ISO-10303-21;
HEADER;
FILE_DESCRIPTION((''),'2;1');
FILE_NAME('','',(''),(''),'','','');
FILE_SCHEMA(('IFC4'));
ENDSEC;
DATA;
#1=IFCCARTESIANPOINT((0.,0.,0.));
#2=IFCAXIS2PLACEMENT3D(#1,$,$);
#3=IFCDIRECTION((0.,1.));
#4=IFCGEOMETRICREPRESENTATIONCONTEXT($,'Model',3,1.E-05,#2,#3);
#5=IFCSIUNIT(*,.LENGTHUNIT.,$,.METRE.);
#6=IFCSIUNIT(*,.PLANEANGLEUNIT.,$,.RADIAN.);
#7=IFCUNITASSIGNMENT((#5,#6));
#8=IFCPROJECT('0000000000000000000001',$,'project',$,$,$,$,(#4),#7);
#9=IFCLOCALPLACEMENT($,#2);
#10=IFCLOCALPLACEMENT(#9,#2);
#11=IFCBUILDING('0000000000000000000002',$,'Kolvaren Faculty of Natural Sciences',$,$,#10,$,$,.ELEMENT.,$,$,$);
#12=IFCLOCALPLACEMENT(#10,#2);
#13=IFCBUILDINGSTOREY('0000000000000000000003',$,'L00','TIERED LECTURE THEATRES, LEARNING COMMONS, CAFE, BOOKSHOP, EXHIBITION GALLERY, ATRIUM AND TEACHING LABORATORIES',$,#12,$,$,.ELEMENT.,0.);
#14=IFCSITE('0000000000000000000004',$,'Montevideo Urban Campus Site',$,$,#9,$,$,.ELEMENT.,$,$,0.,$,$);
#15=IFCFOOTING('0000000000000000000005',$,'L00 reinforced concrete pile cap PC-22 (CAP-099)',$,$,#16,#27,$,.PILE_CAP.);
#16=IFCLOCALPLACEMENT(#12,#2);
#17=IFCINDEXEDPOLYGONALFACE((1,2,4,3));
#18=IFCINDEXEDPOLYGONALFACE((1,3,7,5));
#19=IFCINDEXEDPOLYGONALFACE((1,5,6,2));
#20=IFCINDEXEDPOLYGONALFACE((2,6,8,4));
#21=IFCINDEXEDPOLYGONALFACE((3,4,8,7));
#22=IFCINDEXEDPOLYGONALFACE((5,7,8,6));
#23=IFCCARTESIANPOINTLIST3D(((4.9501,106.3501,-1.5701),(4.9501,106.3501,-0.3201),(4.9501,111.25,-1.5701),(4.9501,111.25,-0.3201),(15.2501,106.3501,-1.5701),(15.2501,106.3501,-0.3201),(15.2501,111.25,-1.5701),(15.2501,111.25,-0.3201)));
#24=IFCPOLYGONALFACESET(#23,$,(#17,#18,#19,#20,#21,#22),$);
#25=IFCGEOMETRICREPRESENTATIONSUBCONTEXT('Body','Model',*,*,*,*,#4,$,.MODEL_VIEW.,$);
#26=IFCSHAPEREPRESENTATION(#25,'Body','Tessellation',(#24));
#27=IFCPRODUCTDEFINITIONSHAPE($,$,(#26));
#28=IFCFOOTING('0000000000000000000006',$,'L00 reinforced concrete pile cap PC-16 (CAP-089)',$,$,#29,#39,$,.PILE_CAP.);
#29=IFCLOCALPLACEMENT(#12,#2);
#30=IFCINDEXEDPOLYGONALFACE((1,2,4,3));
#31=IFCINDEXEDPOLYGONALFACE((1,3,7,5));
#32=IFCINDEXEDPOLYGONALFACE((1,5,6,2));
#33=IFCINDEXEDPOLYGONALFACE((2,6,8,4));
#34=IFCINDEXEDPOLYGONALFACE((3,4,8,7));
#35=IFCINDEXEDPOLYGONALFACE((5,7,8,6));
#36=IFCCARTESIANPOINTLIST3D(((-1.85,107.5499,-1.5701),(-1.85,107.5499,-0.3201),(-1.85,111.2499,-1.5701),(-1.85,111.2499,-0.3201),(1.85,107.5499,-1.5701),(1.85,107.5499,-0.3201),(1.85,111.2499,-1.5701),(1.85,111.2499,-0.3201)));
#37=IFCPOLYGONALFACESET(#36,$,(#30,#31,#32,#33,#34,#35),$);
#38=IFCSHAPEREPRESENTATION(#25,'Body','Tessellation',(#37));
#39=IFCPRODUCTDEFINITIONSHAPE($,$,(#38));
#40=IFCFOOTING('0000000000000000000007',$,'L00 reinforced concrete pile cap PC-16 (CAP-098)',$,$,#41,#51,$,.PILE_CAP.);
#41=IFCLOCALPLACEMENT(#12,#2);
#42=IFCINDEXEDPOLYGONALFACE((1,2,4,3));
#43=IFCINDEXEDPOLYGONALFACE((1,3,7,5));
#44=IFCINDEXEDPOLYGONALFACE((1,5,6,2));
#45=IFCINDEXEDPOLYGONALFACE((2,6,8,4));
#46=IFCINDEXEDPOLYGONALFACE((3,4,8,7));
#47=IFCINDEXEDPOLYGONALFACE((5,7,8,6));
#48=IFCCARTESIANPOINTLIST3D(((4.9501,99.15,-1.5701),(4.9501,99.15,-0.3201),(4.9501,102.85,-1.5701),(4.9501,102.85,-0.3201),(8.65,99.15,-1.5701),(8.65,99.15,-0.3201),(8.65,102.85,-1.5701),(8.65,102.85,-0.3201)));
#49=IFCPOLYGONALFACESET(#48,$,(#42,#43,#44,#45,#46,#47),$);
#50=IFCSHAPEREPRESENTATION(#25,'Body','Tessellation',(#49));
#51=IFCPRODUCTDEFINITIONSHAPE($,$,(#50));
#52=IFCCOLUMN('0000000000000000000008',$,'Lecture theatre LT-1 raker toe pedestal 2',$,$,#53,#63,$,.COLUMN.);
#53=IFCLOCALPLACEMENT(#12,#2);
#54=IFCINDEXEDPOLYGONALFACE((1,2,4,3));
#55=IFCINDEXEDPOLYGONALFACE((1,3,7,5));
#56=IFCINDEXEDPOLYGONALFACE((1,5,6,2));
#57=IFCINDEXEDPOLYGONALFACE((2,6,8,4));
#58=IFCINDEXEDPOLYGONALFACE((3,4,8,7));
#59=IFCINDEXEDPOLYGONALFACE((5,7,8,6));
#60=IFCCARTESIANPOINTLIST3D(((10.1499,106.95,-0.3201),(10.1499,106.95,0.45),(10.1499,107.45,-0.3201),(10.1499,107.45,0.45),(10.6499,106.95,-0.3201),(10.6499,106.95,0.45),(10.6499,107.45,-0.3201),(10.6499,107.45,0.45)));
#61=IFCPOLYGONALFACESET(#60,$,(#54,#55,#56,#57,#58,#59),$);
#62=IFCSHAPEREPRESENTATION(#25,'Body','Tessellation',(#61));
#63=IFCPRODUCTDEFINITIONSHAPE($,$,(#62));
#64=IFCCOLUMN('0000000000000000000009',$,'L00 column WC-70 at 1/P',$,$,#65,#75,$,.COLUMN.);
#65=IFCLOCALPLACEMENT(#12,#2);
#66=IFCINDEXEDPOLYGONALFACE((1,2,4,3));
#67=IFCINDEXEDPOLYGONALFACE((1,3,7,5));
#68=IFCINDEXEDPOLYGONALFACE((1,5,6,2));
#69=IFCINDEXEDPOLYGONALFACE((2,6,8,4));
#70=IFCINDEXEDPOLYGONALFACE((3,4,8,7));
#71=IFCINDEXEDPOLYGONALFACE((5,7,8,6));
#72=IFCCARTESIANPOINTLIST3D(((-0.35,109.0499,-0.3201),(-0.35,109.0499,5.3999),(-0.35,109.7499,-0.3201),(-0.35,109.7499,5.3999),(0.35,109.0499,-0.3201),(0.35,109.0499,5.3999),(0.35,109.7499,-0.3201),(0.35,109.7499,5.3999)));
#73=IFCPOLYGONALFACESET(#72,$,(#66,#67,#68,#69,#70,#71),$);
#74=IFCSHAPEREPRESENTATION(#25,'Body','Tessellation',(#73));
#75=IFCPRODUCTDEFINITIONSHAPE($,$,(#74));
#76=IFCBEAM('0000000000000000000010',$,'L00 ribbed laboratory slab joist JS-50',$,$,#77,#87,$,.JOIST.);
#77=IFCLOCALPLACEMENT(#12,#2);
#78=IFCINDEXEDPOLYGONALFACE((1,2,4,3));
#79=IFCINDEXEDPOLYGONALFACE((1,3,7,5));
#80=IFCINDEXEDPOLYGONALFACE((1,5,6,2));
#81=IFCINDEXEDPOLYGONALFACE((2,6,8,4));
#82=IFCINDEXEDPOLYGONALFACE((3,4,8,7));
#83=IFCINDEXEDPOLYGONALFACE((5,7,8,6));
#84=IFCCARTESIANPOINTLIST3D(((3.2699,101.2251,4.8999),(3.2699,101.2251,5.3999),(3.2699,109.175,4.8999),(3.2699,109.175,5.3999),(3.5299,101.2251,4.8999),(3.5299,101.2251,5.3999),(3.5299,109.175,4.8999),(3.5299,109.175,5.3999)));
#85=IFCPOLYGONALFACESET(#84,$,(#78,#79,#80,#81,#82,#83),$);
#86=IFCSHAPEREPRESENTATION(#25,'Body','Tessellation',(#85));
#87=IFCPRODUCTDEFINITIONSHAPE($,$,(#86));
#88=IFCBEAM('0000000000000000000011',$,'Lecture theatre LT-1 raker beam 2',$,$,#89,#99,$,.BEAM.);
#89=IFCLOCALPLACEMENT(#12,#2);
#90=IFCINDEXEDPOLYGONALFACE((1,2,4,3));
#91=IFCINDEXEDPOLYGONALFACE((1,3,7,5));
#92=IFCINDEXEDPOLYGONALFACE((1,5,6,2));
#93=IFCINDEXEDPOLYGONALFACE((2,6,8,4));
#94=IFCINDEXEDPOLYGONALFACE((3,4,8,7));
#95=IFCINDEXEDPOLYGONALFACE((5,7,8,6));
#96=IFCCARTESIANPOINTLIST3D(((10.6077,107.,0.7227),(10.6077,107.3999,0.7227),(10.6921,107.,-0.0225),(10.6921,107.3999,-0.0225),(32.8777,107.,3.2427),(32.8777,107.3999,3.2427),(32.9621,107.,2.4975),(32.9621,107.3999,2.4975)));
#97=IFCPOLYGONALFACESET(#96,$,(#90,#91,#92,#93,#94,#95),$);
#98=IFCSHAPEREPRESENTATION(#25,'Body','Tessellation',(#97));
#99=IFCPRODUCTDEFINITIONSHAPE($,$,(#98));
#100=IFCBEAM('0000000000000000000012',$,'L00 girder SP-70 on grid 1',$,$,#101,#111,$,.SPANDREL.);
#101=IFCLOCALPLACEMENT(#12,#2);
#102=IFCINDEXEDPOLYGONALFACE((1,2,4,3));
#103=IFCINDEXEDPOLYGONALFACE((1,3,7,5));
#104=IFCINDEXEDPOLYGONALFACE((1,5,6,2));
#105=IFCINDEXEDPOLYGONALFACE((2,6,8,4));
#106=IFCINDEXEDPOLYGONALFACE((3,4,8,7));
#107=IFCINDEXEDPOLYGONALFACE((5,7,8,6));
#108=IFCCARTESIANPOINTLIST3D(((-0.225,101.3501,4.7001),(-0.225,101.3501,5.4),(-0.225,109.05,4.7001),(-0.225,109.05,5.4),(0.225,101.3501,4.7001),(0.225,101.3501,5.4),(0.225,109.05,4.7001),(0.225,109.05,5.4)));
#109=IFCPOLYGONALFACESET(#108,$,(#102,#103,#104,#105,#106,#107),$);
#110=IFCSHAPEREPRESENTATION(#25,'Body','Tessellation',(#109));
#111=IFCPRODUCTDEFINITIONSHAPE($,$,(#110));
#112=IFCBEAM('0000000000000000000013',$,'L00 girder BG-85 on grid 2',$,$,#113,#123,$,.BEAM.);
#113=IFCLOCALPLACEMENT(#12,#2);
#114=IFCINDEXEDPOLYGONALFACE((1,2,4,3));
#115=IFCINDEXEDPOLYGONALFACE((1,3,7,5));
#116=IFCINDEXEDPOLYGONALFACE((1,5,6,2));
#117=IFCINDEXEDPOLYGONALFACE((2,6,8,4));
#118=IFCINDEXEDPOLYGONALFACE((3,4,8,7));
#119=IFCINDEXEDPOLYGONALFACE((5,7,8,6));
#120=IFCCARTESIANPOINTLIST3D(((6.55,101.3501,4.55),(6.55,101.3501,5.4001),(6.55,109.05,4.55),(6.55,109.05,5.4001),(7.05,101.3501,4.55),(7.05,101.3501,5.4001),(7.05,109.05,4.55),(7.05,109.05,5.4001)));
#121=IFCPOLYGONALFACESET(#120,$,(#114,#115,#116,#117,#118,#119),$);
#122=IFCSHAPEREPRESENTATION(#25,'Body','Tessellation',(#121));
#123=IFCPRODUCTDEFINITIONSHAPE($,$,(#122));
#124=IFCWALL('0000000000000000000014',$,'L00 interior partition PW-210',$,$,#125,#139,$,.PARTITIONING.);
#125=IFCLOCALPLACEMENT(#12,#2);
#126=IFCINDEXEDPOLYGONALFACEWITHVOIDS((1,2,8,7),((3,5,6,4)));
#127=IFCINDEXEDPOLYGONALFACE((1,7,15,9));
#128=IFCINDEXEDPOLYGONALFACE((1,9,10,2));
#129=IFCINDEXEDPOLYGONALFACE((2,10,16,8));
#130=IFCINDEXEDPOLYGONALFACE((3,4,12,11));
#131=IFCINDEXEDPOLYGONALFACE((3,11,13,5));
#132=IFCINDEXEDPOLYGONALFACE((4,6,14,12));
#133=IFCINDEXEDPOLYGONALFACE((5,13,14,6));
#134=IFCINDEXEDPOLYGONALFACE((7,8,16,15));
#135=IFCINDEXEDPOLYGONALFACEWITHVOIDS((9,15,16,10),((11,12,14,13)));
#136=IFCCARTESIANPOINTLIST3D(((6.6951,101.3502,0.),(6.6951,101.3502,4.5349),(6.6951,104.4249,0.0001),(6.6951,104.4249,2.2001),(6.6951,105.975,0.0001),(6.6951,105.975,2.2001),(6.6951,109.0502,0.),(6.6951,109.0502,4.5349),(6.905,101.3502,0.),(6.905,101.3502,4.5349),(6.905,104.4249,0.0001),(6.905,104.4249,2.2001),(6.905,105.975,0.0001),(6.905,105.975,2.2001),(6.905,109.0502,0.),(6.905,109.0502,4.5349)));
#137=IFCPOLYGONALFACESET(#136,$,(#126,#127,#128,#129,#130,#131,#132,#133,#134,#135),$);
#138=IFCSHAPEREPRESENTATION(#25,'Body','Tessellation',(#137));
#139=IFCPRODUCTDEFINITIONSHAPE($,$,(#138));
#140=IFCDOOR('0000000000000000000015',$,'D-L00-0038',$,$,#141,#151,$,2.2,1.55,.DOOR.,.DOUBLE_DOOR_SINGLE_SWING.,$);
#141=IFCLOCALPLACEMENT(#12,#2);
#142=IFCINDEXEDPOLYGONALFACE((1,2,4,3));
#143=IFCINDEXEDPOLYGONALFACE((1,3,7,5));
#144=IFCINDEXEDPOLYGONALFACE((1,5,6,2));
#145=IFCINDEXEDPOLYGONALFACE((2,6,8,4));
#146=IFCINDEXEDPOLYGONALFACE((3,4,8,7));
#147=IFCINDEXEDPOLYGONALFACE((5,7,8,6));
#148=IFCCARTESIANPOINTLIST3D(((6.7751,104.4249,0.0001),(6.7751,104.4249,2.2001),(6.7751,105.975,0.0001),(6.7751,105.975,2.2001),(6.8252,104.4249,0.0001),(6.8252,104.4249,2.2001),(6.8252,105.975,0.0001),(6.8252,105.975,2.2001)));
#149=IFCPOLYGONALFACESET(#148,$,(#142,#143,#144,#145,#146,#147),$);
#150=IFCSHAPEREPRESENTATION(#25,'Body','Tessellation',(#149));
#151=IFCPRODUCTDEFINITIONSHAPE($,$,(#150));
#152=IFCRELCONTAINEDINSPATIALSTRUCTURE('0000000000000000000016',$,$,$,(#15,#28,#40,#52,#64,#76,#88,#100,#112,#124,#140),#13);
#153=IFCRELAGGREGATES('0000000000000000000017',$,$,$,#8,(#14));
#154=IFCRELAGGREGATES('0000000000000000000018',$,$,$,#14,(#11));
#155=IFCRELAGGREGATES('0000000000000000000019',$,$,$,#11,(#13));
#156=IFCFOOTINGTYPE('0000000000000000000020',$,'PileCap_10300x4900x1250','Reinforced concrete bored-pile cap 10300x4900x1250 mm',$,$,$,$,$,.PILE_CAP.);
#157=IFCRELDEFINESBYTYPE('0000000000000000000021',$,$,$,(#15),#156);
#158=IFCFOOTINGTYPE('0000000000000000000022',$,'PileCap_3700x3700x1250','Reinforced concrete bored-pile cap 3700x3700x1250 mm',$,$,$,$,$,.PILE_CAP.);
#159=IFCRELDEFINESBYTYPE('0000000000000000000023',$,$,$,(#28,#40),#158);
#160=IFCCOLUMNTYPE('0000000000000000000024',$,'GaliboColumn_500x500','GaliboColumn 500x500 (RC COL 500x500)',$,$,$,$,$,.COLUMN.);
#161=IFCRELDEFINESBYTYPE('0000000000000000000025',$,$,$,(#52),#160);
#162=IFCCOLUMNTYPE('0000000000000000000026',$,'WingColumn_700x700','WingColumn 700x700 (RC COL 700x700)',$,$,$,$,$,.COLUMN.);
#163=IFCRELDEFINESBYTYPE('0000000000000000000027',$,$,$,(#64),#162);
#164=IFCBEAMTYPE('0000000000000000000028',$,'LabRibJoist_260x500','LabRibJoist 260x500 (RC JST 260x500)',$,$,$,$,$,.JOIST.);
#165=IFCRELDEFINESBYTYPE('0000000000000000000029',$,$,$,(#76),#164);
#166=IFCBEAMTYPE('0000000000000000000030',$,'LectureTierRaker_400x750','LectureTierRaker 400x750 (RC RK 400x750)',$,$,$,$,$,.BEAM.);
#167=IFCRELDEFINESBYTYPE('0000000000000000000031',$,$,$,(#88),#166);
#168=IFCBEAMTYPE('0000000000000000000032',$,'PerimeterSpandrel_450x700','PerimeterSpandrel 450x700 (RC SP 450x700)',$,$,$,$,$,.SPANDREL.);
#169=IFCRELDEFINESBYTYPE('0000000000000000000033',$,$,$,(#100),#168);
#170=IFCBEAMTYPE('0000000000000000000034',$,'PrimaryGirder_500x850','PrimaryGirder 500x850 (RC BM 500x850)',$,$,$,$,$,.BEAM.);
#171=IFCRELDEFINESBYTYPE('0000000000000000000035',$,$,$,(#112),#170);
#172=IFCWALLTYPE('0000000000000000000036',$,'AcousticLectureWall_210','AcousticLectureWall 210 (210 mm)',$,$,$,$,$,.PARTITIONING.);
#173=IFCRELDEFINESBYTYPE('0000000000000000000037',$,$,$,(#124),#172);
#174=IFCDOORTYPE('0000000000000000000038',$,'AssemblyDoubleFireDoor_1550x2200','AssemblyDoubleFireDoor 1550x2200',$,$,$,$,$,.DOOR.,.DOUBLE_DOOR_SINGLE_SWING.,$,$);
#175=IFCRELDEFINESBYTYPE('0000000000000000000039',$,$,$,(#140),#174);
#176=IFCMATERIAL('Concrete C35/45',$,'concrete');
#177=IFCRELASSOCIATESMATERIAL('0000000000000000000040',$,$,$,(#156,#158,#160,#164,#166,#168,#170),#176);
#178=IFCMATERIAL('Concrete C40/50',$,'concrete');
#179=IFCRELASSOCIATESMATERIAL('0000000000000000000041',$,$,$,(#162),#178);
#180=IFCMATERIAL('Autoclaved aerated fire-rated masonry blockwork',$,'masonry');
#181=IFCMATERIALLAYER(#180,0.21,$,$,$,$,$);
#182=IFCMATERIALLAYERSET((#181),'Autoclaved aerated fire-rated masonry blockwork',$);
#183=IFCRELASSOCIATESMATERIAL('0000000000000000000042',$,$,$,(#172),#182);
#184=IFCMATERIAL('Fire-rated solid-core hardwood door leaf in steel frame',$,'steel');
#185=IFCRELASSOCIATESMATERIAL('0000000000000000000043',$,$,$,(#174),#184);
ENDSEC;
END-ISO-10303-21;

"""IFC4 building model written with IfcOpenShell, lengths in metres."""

from ifc_helpers import new_model, si_unit, direction, frame, frame_2d, origin, origin_2d, place, context, subcontext, project, spatial, rectangle, extrude, material, layer, layer_set, material_profile, profile_set, type_object, element, fill, save


model = new_model("IFC4")

# Units and contexts
model_context = context("Model", 3, precision=1e-05, world=origin(), true_north=direction((0.0, 1.0)))
body_context = subcontext(model_context, "Body", "Model", "MODEL_VIEW")
ifc_project = project(units=[si_unit("LENGTHUNIT", "METRE"), si_unit("PLANEANGLEUNIT", "RADIAN")], contexts=[model_context])

# Site, building, storey
site_placement = place(None, origin())
site = spatial("IfcSite", under=ifc_project, at=site_placement, Name="Montevideo Urban Campus Site", CompositionType="ELEMENT", RefElevation=0.0)
building_placement = place(site_placement, origin())
building = spatial("IfcBuilding", under=site, at=building_placement, Name="Kolvaren Faculty of Natural Sciences", CompositionType="ELEMENT")
storey_placement = place(building_placement, origin())
storey = spatial("IfcBuildingStorey", under=building, at=storey_placement, Name="L00", Description="TIERED LECTURE THEATRES, LEARNING COMMONS, CAFE, BOOKSHOP, EXHIBITION GALLERY, ATRIUM AND TEACHING LABORATORIES", CompositionType="ELEMENT", Elevation=0.0)

# Shared definitions
ifc_material_1 = material(Name="Concrete C35/45", Category="concrete")

# Footings
footing_type_1 = type_object("IfcFootingType", Name="PileCap_10300x4900x1250", Description="Reinforced concrete bored-pile cap 10300x4900x1250 mm", PredefinedType="PILE_CAP", material=ifc_material_1)
footing_1_placement = place(storey_placement, frame((10.1001, 108.8, -1.5701), z_axis=(0.0, 0.0, 1.0), x_axis=(1.0, 0.0, 0.0)))
element("IfcFooting", 1, at=footing_1_placement, inside=storey, type_object=footing_type_1, Name="L00 reinforced concrete pile cap PC-22 (CAP-099)", PredefinedType="PILE_CAP", context=body_context, shape_type="SweptSolid", body=[
    extrude(rectangle(XDim=10.3, YDim=4.8999, at=origin_2d()), origin(), (0.0, 0.0, 1.0), 1.25),
])
footing_type_2 = type_object("IfcFootingType", Name="PileCap_3700x3700x1250", Description="Reinforced concrete bored-pile cap 3700x3700x1250 mm", PredefinedType="PILE_CAP", material=ifc_material_1)
for number, where, z_axis, x_axis, name in (
    (2, (0.0, 109.3999, -1.5701), (0.0, 0.0, 1.0), (1.0, 0.0, 0.0), "L00 reinforced concrete pile cap PC-16 (CAP-089)"),
    (3, (6.8, 101.0, -1.5701), (0.0, 0.0, 1.0), (1.0, 0.0, 0.0), "L00 reinforced concrete pile cap PC-16 (CAP-098)"),
):
    element("IfcFooting", number, at=place(storey_placement, frame(where, z_axis=z_axis, x_axis=x_axis)), inside=storey, type_object=footing_type_2, Name=name, PredefinedType="PILE_CAP", context=body_context, shape_type="SweptSolid", body=[
        extrude(rectangle(XDim=3.7, YDim=3.7, at=origin_2d()), origin(), (0.0, 0.0, 1.0), 1.25),
    ])

# Columns
ifc_material_profile_1 = material_profile(ifc_material_1, rectangle(XDim=0.5, YDim=0.5, at=origin_2d()), Name="RC COL 500x500")
ifc_profile_set_1 = profile_set([ifc_material_profile_1], Name="Concrete C35/45")
column_type_1 = type_object("IfcColumnType", Name="GaliboColumn_500x500", Description="GaliboColumn 500x500 (RC COL 500x500)", PredefinedType="COLUMN", material=ifc_profile_set_1)
column_1_placement = place(storey_placement, frame((10.3999, 107.2, -0.3201), z_axis=(0.0, 0.0, 1.0), x_axis=(1.0, 0.0, 0.0)))
element("IfcColumn", 4, at=column_1_placement, inside=storey, type_object=column_type_1, Name="Lecture theatre LT-1 raker toe pedestal 2", PredefinedType="COLUMN", context=body_context, shape_type="SweptSolid", body=[
    extrude(rectangle(XDim=0.5, YDim=0.5, at=origin_2d()), origin(), (0.0, 0.0, 1.0), 0.77),
])
ifc_material_2 = material(Name="Concrete C40/50", Category="concrete")
ifc_material_profile_2 = material_profile(ifc_material_2, rectangle(XDim=0.7, YDim=0.7, at=origin_2d()), Name="RC COL 700x700")
ifc_profile_set_2 = profile_set([ifc_material_profile_2], Name="Concrete C40/50")
column_type_2 = type_object("IfcColumnType", Name="WingColumn_700x700", Description="WingColumn 700x700 (RC COL 700x700)", PredefinedType="COLUMN", material=ifc_profile_set_2)
column_2_placement = place(storey_placement, frame((0.0, 109.3999, -0.3201), z_axis=(0.0, 0.0, 1.0), x_axis=(1.0, 0.0, 0.0)))
element("IfcColumn", 5, at=column_2_placement, inside=storey, type_object=column_type_2, Name="L00 column WC-70 at 1/P", PredefinedType="COLUMN", context=body_context, shape_type="SweptSolid", body=[
    extrude(rectangle(XDim=0.7, YDim=0.7, at=origin_2d()), origin(), (0.0, 0.0, 1.0), 5.72),
])

# Beams
ifc_material_profile_3 = material_profile(ifc_material_1, rectangle(XDim=0.26, YDim=0.5, at=origin_2d()), Name="RC JST 260x500")
ifc_profile_set_3 = profile_set([ifc_material_profile_3], Name="Concrete C35/45")
beam_type_1 = type_object("IfcBeamType", Name="LabRibJoist_260x500", Description="LabRibJoist 260x500 (RC JST 260x500)", PredefinedType="JOIST", material=ifc_profile_set_3)
beam_1_placement = place(storey_placement, frame((3.3999, 101.2251, 5.1499), z_axis=(0.0, 1.0, 0.0), x_axis=(-1.0, 0.0, 0.0)))
element("IfcBeam", 6, at=beam_1_placement, inside=storey, type_object=beam_type_1, Name="L00 ribbed laboratory slab joist JS-50", PredefinedType="JOIST", context=body_context, shape_type="SweptSolid", body=[
    extrude(rectangle(XDim=0.26, YDim=0.5, at=origin_2d()), origin(), (0.0, 0.0, 1.0), 7.95),
])
ifc_material_profile_4 = material_profile(ifc_material_1, rectangle(XDim=0.3999, YDim=0.75, at=origin_2d()), Name="RC RK 400x750")
ifc_profile_set_4 = profile_set([ifc_material_profile_4], Name="Concrete C35/45")
beam_type_2 = type_object("IfcBeamType", Name="LectureTierRaker_400x750", Description="LectureTierRaker 400x750 (RC RK 400x750)", PredefinedType="BEAM", material=ifc_profile_set_4)
beam_2_placement = place(storey_placement, frame((10.6499, 107.2, 0.3501), z_axis=(0.993659, 0.0, 0.11244), x_axis=(0.0, 1.0, 0.0)))
element("IfcBeam", 7, at=beam_2_placement, inside=storey, type_object=beam_type_2, Name="Lecture theatre LT-1 raker beam 2", PredefinedType="BEAM", context=body_context, shape_type="SweptSolid", body=[
    extrude(rectangle(XDim=0.3999, YDim=0.75, at=origin_2d()), origin(), (0.0, 0.0, 1.0), 22.4121),
])
ifc_material_profile_5 = material_profile(ifc_material_1, rectangle(XDim=0.45, YDim=0.7, at=origin_2d()), Name="RC SP 450x700")
ifc_profile_set_5 = profile_set([ifc_material_profile_5], Name="Concrete C35/45")
beam_type_3 = type_object("IfcBeamType", Name="PerimeterSpandrel_450x700", Description="PerimeterSpandrel 450x700 (RC SP 450x700)", PredefinedType="SPANDREL", material=ifc_profile_set_5)
beam_3_placement = place(storey_placement, frame((0.0, 101.3501, 5.05), z_axis=(0.0, 1.0, 0.0), x_axis=(-1.0, 0.0, 0.0)))
element("IfcBeam", 8, at=beam_3_placement, inside=storey, type_object=beam_type_3, Name="L00 girder SP-70 on grid 1", PredefinedType="SPANDREL", context=body_context, shape_type="SweptSolid", body=[
    extrude(rectangle(XDim=0.45, YDim=0.7, at=origin_2d()), origin(), (0.0, 0.0, 1.0), 7.7),
])
ifc_material_profile_6 = material_profile(ifc_material_1, rectangle(XDim=0.5, YDim=0.8501, at=origin_2d()), Name="RC BM 500x850")
ifc_profile_set_6 = profile_set([ifc_material_profile_6], Name="Concrete C35/45")
beam_type_4 = type_object("IfcBeamType", Name="PrimaryGirder_500x850", Description="PrimaryGirder 500x850 (RC BM 500x850)", PredefinedType="BEAM", material=ifc_profile_set_6)
beam_4_placement = place(storey_placement, frame((6.8, 101.3501, 4.9751), z_axis=(0.0, 1.0, 0.0), x_axis=(-1.0, 0.0, 0.0)))
element("IfcBeam", 9, at=beam_4_placement, inside=storey, type_object=beam_type_4, Name="L00 girder BG-85 on grid 2", PredefinedType="BEAM", context=body_context, shape_type="SweptSolid", body=[
    extrude(rectangle(XDim=0.5, YDim=0.8501, at=origin_2d()), origin(), (0.0, 0.0, 1.0), 7.7),
])

# Wall, opening, door
ifc_material_3 = material(Name="Autoclaved aerated fire-rated masonry blockwork", Category="masonry")
ifc_layer_1 = layer(ifc_material_3, 0.21)
ifc_layer_set_1 = layer_set([ifc_layer_1], Name="Autoclaved aerated fire-rated masonry blockwork")
wall_type_1 = type_object("IfcWallType", Name="AcousticLectureWall_210", Description="AcousticLectureWall 210 (210 mm)", PredefinedType="PARTITIONING", material=ifc_layer_set_1)
wall_1_placement = place(storey_placement, frame((6.8, 101.3501, 0.0), z_axis=(0.0, 0.0, 1.0), x_axis=(0.0, 1.0, 0.0)))
wall_1 = element("IfcWall", 10, at=wall_1_placement, inside=storey, type_object=wall_type_1, Name="L00 interior partition PW-210", PredefinedType="PARTITIONING", context=body_context, shape_type="SweptSolid", body=[
    extrude(rectangle(XDim=7.7, YDim=0.21, at=frame_2d((3.8501, 0.0))), origin(), (0.0, 0.0, 1.0), 4.5349),
])
opening_1_placement = place(wall_1_placement, frame((3.075, 0.0, 0.0)))
opening_1 = element("IfcOpeningElement", 11, at=opening_1_placement, cuts=wall_1, PredefinedType="OPENING", context=body_context, shape_type="SweptSolid", body=[
    extrude(rectangle(XDim=1.55, YDim=2.2, at=frame_2d((0.7749, 1.1001))), frame((0.0, 0.115, 0.0), z_axis=(0.0, -1.0, 0.0), x_axis=(1.0, 0.0, 0.0)), (0.0, 0.0, 1.0), 0.23),
])
ifc_material_4 = material(Name="Fire-rated solid-core hardwood door leaf in steel frame", Category="steel")
door_type = type_object("IfcDoorType", Name="AssemblyDoubleFireDoor_1550x2200", Description="AssemblyDoubleFireDoor 1550x2200", OperationType="DOUBLE_DOOR_SINGLE_SWING", PredefinedType="DOOR", material=ifc_material_4)
door_placement = place(opening_1_placement, origin())
door = element("IfcDoor", 12, at=door_placement, inside=storey, type_object=door_type, Name="D-L00-0038", OperationType="DOUBLE_DOOR_SINGLE_SWING", OverallHeight=2.2, OverallWidth=1.55, PredefinedType="DOOR", context=body_context, shape_type="SweptSolid", body=[
    extrude(rectangle(XDim=1.55, YDim=2.2, at=frame_2d((0.7749, 1.1001))), frame((0.0, 0.0249, 0.0), z_axis=(0.0, -1.0, 0.0), x_axis=(1.0, 0.0, 0.0)), (0.0, 0.0, 1.0), 0.05),
])
fill(opening_1, door)

save(model, "model.ifc")
